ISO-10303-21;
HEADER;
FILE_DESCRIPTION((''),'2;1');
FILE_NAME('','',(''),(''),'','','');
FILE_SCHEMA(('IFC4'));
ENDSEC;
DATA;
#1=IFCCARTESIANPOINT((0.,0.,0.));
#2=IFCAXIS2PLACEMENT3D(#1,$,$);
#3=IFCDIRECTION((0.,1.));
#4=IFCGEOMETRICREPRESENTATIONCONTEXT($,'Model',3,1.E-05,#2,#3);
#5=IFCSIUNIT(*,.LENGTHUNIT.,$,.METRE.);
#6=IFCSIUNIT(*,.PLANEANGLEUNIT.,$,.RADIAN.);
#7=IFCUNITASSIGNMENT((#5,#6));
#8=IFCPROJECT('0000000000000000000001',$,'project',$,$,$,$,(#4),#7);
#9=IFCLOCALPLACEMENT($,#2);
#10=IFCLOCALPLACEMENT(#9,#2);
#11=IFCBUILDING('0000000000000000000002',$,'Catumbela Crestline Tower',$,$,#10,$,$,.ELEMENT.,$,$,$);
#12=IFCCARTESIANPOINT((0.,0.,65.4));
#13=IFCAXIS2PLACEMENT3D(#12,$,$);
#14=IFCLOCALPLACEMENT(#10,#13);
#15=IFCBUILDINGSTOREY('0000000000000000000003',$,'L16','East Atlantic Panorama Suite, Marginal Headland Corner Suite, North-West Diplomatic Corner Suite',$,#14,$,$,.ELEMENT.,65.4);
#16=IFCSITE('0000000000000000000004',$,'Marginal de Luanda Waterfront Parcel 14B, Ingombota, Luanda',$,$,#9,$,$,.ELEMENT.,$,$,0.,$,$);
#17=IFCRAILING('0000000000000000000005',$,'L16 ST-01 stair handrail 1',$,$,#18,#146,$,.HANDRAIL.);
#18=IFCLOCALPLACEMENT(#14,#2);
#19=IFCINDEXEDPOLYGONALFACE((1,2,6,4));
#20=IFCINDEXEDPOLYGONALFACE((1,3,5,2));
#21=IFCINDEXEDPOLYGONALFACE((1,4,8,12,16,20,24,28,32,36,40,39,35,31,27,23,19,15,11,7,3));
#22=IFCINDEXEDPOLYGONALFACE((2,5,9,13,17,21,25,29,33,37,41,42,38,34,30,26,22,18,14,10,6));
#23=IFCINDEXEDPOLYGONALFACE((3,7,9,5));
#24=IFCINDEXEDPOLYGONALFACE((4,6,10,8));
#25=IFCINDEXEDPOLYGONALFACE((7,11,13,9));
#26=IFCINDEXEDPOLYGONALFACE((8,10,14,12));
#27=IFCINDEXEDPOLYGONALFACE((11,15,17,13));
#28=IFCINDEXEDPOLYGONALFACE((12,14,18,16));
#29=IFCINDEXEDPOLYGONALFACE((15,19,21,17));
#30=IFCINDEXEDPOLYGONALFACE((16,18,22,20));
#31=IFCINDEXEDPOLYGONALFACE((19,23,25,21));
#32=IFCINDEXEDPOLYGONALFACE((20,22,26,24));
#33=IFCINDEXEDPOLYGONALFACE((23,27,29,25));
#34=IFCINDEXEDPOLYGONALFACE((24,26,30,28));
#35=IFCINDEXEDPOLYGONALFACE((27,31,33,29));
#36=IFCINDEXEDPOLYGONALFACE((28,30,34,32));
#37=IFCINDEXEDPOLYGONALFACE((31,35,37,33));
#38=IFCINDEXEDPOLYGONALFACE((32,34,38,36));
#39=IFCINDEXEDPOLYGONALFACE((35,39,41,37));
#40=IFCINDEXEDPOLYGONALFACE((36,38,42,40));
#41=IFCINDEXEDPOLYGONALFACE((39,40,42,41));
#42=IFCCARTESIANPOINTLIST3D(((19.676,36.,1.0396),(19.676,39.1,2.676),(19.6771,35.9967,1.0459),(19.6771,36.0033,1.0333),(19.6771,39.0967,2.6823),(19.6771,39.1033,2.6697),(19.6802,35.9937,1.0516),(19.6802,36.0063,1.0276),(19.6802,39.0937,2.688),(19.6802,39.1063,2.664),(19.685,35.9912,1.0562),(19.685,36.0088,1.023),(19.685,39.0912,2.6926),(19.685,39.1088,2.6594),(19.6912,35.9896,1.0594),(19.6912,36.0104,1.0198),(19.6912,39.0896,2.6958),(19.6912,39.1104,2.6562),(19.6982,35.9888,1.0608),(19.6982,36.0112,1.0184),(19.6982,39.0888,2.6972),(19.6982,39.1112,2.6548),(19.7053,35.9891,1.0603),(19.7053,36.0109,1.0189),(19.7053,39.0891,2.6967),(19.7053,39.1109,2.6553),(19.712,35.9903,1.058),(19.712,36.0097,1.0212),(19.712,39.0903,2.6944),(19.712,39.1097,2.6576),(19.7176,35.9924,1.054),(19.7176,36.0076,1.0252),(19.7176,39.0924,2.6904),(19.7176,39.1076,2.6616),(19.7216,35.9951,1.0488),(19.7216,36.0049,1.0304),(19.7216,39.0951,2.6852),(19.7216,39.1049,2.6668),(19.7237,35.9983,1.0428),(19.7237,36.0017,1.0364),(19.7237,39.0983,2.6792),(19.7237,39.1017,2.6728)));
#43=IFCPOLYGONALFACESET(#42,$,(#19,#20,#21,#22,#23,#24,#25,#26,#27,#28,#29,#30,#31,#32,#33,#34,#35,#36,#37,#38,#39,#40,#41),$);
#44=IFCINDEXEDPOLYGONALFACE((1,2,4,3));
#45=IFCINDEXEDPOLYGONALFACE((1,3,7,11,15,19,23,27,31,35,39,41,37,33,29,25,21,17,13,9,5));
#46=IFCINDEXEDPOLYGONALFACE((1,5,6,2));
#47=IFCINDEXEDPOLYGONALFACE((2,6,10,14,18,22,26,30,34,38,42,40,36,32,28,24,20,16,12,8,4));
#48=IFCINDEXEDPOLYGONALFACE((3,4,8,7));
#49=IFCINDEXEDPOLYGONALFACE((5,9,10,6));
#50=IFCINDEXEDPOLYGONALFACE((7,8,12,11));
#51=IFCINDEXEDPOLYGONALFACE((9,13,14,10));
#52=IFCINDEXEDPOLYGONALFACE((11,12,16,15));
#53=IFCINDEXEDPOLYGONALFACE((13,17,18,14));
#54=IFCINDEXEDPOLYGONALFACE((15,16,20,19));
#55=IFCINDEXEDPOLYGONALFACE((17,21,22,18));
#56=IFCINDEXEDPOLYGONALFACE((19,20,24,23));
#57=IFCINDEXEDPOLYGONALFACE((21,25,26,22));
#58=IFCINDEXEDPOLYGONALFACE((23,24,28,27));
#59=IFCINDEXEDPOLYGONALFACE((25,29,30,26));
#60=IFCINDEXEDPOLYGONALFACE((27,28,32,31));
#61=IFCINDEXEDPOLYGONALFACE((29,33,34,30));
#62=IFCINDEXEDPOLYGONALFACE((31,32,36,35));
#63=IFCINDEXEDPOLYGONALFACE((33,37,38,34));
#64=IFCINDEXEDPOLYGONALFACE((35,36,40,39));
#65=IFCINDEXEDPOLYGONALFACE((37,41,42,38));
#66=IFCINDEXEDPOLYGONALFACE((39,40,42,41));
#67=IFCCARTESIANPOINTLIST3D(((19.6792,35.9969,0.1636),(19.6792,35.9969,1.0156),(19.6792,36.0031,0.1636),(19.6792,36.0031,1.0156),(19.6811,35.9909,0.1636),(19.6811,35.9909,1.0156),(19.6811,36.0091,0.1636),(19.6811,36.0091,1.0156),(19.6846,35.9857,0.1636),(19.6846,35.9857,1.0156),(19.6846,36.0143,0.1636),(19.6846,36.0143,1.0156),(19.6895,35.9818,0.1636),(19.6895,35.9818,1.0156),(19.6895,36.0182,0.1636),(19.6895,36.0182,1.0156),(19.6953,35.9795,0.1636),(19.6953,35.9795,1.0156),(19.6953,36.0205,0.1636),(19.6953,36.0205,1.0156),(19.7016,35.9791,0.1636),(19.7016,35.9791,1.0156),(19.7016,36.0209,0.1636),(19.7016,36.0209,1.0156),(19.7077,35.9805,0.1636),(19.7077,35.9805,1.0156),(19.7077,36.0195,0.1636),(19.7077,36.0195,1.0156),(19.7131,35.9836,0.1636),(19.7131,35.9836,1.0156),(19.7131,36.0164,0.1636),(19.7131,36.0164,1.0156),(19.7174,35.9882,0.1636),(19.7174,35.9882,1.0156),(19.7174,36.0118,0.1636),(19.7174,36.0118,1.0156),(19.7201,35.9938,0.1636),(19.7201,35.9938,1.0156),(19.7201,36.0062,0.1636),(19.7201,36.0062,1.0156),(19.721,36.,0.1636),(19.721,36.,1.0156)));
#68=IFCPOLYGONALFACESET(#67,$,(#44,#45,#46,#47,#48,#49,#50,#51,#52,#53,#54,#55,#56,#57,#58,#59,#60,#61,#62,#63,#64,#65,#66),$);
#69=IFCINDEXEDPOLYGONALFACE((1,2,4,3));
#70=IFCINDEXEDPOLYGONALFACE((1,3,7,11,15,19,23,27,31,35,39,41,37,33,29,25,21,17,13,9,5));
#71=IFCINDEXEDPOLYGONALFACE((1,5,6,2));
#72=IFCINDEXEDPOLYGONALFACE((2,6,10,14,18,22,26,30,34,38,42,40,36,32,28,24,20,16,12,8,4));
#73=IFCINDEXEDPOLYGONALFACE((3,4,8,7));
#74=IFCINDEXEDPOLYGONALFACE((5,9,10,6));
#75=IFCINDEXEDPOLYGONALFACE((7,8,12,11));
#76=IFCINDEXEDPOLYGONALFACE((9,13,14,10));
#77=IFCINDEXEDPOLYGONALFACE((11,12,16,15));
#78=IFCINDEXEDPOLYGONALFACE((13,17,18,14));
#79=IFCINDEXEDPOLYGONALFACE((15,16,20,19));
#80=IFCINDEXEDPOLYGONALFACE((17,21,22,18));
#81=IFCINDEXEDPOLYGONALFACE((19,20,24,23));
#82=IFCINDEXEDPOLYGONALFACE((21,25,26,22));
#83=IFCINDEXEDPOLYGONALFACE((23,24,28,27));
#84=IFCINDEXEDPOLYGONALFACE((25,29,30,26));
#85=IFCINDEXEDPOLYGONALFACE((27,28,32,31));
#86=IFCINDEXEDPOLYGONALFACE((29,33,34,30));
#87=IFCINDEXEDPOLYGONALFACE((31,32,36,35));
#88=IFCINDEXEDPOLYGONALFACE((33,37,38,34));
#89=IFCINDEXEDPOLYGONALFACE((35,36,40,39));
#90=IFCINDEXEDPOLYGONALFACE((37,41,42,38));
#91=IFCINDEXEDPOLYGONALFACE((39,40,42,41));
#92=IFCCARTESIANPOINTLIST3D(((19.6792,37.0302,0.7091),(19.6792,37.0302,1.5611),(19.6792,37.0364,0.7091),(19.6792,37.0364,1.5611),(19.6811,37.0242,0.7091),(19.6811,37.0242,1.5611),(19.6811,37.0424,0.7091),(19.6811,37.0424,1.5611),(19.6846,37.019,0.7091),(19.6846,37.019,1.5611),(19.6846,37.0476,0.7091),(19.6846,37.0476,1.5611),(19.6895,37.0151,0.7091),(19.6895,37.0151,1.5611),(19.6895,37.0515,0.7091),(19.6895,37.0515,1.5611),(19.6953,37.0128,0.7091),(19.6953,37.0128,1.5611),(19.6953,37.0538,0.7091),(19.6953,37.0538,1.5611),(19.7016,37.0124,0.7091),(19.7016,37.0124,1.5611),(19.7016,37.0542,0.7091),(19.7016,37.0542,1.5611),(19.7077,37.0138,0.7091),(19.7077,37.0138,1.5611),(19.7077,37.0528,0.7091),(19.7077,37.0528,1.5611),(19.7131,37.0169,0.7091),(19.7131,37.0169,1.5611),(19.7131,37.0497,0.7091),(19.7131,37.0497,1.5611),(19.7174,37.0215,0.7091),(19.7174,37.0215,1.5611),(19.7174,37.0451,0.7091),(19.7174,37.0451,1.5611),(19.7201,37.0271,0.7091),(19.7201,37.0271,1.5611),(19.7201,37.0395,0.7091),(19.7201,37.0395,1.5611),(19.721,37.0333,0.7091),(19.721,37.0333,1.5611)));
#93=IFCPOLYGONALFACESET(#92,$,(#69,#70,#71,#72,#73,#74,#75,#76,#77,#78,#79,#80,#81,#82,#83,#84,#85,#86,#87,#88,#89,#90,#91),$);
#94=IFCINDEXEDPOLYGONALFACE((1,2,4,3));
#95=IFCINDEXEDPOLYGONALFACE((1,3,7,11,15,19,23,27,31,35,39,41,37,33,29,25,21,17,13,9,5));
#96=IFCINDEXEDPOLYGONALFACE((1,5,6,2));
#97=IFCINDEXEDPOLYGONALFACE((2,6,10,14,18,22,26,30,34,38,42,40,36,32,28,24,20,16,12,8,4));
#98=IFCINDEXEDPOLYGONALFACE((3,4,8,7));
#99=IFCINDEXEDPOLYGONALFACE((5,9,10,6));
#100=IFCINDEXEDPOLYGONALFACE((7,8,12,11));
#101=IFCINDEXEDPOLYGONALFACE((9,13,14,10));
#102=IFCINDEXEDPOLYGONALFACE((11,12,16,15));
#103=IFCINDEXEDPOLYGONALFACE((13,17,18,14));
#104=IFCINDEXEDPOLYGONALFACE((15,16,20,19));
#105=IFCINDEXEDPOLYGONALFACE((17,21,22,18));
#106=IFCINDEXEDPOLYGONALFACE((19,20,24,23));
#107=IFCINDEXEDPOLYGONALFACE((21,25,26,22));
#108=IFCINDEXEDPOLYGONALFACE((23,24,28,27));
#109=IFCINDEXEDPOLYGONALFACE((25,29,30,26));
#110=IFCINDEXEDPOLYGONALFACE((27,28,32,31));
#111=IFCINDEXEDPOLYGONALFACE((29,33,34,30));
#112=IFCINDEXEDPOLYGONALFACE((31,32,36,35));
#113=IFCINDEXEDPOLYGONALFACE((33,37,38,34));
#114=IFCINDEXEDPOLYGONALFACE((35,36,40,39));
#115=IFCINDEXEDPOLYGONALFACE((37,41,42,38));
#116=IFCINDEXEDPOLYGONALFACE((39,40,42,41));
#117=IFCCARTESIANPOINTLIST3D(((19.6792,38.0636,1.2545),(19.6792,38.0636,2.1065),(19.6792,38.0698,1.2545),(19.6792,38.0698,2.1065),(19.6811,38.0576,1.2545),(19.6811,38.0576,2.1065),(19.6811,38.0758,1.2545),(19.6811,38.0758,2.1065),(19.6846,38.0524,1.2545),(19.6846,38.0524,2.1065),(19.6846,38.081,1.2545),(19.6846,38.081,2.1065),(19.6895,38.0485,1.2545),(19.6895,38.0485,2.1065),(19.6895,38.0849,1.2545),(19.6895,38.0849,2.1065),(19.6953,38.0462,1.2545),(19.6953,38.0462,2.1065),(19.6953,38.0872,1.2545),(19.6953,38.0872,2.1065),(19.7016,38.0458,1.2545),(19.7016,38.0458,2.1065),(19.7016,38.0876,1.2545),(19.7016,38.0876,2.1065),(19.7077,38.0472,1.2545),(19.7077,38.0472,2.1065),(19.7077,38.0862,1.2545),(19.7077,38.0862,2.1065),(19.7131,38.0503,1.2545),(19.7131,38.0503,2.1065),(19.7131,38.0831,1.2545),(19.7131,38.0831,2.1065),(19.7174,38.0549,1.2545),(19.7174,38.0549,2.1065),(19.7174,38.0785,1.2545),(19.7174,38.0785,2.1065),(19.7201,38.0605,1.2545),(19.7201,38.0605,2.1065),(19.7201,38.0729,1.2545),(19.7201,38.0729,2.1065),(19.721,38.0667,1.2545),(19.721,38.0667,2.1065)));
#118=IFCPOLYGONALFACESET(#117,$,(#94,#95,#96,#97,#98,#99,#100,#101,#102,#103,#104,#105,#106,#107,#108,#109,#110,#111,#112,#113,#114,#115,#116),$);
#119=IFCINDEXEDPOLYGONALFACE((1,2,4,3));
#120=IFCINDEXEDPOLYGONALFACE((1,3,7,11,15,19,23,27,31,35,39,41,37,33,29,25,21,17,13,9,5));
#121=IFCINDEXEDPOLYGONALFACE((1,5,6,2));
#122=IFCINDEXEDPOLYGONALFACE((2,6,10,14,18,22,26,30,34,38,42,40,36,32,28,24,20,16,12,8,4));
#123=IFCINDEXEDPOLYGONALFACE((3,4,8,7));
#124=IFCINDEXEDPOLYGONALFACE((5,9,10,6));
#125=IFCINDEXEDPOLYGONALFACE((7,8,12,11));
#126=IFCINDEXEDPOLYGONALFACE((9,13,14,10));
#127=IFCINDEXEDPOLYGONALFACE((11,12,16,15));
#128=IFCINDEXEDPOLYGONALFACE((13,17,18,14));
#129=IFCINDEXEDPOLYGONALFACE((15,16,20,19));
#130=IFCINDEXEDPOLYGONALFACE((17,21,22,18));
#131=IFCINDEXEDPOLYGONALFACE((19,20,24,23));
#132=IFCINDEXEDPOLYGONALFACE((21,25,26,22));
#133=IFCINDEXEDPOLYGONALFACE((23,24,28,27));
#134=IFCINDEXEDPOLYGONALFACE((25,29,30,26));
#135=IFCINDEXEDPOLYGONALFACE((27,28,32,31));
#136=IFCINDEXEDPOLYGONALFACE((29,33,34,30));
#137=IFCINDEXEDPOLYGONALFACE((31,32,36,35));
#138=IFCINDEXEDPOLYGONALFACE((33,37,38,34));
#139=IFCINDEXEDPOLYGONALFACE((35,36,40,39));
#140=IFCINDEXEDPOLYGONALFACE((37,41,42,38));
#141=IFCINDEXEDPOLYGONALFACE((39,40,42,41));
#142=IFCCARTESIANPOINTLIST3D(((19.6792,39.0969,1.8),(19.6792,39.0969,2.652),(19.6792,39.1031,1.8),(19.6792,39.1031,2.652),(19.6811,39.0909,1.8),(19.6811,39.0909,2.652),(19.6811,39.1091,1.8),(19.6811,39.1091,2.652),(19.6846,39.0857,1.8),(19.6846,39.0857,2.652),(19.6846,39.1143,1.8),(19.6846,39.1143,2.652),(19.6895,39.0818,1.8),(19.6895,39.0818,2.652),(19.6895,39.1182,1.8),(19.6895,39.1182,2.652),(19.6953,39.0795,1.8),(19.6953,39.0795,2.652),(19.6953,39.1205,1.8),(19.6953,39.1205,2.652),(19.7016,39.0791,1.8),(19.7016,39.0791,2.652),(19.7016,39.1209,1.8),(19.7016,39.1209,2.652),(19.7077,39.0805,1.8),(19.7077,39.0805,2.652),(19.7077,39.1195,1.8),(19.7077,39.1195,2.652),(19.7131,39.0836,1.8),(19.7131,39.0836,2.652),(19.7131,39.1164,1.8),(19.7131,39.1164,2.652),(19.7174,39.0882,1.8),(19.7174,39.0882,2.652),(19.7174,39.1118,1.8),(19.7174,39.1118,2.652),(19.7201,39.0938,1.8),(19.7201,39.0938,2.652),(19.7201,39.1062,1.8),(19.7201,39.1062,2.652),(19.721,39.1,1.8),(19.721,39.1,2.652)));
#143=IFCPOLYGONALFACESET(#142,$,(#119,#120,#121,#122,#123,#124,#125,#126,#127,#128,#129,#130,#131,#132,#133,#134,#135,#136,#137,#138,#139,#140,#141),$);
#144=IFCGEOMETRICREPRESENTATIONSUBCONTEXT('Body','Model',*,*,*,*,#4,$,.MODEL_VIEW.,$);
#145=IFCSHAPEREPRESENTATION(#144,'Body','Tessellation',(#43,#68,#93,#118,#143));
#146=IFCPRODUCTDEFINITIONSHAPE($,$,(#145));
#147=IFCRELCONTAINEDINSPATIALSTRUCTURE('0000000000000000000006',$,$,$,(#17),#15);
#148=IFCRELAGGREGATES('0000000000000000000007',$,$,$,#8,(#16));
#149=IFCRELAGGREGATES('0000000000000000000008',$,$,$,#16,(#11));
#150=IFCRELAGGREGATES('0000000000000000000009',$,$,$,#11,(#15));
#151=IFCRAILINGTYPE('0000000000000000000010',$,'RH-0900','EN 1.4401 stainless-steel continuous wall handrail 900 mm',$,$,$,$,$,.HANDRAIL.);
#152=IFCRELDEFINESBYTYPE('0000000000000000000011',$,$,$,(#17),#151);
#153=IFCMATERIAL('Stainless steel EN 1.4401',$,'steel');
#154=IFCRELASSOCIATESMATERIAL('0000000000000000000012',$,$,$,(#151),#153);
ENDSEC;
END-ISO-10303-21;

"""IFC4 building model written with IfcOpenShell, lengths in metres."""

from ifc_helpers import new_model, si_unit, direction, frame, origin, origin_2d, place, context, subcontext, project, spatial, circle, extrude, material, type_object, element, save


model = new_model("IFC4")

# Units and contexts
model_context = context("Model", 3, precision=1e-05, world=origin(), true_north=direction((0.0, 1.0)))
body_context = subcontext(model_context, "Body", "Model", "MODEL_VIEW")
ifc_project = project(units=[si_unit("LENGTHUNIT", "METRE"), si_unit("PLANEANGLEUNIT", "RADIAN")], contexts=[model_context])

# Site, building, storey
site_placement = place(None, origin())
site = spatial("IfcSite", under=ifc_project, at=site_placement, Name="Marginal de Luanda Waterfront Parcel 14B, Ingombota, Luanda", CompositionType="ELEMENT", RefElevation=0.0)
building_placement = place(site_placement, origin())
building = spatial("IfcBuilding", under=site, at=building_placement, Name="Catumbela Crestline Tower", CompositionType="ELEMENT")
storey_placement = place(building_placement, frame((0.0, 0.0, 65.4)))
storey = spatial("IfcBuildingStorey", under=building, at=storey_placement, Name="L16", Description="East Atlantic Panorama Suite, Marginal Headland Corner Suite, North-West Diplomatic Corner Suite", CompositionType="ELEMENT", Elevation=65.4)

# Railing
ifc_material_1 = material(Name="Stainless steel EN 1.4401", Category="steel")
railing_type_1 = type_object("IfcRailingType", Name="RH-0900", Description="EN 1.4401 stainless-steel continuous wall handrail 900 mm", PredefinedType="HANDRAIL", material=ifc_material_1)
railing_1_placement = place(storey_placement, frame((19.7, 36.0, 0.1636)))
element("IfcRailing", 1, at=railing_1_placement, inside=storey, type_object=railing_type_1, Name="L16 ST-01 stair handrail 1", PredefinedType="HANDRAIL", context=body_context, shape_type="SweptSolid", body=[
    extrude(circle(Radius=0.024, at=origin_2d()), frame((0.0, 0.0, 0.876), z_axis=(0.0, 0.884351, 0.466823), x_axis=(-1.0, 0.0, 0.0)), (0.0, 0.0, 1.0), 3.5054),
    extrude(circle(Radius=0.021, at=origin_2d()), origin(), (0.0, 0.0, 1.0), 0.852),
    extrude(circle(Radius=0.021, at=origin_2d()), frame((0.0, 1.0333, 0.5455)), (0.0, 0.0, 1.0), 0.852),
    extrude(circle(Radius=0.021, at=origin_2d()), frame((0.0, 2.0667, 1.0909)), (0.0, 0.0, 1.0), 0.852),
    extrude(circle(Radius=0.021, at=origin_2d()), frame((0.0, 3.1, 1.6364)), (0.0, 0.0, 1.0), 0.852),
])

save(model, "model.ifc")
